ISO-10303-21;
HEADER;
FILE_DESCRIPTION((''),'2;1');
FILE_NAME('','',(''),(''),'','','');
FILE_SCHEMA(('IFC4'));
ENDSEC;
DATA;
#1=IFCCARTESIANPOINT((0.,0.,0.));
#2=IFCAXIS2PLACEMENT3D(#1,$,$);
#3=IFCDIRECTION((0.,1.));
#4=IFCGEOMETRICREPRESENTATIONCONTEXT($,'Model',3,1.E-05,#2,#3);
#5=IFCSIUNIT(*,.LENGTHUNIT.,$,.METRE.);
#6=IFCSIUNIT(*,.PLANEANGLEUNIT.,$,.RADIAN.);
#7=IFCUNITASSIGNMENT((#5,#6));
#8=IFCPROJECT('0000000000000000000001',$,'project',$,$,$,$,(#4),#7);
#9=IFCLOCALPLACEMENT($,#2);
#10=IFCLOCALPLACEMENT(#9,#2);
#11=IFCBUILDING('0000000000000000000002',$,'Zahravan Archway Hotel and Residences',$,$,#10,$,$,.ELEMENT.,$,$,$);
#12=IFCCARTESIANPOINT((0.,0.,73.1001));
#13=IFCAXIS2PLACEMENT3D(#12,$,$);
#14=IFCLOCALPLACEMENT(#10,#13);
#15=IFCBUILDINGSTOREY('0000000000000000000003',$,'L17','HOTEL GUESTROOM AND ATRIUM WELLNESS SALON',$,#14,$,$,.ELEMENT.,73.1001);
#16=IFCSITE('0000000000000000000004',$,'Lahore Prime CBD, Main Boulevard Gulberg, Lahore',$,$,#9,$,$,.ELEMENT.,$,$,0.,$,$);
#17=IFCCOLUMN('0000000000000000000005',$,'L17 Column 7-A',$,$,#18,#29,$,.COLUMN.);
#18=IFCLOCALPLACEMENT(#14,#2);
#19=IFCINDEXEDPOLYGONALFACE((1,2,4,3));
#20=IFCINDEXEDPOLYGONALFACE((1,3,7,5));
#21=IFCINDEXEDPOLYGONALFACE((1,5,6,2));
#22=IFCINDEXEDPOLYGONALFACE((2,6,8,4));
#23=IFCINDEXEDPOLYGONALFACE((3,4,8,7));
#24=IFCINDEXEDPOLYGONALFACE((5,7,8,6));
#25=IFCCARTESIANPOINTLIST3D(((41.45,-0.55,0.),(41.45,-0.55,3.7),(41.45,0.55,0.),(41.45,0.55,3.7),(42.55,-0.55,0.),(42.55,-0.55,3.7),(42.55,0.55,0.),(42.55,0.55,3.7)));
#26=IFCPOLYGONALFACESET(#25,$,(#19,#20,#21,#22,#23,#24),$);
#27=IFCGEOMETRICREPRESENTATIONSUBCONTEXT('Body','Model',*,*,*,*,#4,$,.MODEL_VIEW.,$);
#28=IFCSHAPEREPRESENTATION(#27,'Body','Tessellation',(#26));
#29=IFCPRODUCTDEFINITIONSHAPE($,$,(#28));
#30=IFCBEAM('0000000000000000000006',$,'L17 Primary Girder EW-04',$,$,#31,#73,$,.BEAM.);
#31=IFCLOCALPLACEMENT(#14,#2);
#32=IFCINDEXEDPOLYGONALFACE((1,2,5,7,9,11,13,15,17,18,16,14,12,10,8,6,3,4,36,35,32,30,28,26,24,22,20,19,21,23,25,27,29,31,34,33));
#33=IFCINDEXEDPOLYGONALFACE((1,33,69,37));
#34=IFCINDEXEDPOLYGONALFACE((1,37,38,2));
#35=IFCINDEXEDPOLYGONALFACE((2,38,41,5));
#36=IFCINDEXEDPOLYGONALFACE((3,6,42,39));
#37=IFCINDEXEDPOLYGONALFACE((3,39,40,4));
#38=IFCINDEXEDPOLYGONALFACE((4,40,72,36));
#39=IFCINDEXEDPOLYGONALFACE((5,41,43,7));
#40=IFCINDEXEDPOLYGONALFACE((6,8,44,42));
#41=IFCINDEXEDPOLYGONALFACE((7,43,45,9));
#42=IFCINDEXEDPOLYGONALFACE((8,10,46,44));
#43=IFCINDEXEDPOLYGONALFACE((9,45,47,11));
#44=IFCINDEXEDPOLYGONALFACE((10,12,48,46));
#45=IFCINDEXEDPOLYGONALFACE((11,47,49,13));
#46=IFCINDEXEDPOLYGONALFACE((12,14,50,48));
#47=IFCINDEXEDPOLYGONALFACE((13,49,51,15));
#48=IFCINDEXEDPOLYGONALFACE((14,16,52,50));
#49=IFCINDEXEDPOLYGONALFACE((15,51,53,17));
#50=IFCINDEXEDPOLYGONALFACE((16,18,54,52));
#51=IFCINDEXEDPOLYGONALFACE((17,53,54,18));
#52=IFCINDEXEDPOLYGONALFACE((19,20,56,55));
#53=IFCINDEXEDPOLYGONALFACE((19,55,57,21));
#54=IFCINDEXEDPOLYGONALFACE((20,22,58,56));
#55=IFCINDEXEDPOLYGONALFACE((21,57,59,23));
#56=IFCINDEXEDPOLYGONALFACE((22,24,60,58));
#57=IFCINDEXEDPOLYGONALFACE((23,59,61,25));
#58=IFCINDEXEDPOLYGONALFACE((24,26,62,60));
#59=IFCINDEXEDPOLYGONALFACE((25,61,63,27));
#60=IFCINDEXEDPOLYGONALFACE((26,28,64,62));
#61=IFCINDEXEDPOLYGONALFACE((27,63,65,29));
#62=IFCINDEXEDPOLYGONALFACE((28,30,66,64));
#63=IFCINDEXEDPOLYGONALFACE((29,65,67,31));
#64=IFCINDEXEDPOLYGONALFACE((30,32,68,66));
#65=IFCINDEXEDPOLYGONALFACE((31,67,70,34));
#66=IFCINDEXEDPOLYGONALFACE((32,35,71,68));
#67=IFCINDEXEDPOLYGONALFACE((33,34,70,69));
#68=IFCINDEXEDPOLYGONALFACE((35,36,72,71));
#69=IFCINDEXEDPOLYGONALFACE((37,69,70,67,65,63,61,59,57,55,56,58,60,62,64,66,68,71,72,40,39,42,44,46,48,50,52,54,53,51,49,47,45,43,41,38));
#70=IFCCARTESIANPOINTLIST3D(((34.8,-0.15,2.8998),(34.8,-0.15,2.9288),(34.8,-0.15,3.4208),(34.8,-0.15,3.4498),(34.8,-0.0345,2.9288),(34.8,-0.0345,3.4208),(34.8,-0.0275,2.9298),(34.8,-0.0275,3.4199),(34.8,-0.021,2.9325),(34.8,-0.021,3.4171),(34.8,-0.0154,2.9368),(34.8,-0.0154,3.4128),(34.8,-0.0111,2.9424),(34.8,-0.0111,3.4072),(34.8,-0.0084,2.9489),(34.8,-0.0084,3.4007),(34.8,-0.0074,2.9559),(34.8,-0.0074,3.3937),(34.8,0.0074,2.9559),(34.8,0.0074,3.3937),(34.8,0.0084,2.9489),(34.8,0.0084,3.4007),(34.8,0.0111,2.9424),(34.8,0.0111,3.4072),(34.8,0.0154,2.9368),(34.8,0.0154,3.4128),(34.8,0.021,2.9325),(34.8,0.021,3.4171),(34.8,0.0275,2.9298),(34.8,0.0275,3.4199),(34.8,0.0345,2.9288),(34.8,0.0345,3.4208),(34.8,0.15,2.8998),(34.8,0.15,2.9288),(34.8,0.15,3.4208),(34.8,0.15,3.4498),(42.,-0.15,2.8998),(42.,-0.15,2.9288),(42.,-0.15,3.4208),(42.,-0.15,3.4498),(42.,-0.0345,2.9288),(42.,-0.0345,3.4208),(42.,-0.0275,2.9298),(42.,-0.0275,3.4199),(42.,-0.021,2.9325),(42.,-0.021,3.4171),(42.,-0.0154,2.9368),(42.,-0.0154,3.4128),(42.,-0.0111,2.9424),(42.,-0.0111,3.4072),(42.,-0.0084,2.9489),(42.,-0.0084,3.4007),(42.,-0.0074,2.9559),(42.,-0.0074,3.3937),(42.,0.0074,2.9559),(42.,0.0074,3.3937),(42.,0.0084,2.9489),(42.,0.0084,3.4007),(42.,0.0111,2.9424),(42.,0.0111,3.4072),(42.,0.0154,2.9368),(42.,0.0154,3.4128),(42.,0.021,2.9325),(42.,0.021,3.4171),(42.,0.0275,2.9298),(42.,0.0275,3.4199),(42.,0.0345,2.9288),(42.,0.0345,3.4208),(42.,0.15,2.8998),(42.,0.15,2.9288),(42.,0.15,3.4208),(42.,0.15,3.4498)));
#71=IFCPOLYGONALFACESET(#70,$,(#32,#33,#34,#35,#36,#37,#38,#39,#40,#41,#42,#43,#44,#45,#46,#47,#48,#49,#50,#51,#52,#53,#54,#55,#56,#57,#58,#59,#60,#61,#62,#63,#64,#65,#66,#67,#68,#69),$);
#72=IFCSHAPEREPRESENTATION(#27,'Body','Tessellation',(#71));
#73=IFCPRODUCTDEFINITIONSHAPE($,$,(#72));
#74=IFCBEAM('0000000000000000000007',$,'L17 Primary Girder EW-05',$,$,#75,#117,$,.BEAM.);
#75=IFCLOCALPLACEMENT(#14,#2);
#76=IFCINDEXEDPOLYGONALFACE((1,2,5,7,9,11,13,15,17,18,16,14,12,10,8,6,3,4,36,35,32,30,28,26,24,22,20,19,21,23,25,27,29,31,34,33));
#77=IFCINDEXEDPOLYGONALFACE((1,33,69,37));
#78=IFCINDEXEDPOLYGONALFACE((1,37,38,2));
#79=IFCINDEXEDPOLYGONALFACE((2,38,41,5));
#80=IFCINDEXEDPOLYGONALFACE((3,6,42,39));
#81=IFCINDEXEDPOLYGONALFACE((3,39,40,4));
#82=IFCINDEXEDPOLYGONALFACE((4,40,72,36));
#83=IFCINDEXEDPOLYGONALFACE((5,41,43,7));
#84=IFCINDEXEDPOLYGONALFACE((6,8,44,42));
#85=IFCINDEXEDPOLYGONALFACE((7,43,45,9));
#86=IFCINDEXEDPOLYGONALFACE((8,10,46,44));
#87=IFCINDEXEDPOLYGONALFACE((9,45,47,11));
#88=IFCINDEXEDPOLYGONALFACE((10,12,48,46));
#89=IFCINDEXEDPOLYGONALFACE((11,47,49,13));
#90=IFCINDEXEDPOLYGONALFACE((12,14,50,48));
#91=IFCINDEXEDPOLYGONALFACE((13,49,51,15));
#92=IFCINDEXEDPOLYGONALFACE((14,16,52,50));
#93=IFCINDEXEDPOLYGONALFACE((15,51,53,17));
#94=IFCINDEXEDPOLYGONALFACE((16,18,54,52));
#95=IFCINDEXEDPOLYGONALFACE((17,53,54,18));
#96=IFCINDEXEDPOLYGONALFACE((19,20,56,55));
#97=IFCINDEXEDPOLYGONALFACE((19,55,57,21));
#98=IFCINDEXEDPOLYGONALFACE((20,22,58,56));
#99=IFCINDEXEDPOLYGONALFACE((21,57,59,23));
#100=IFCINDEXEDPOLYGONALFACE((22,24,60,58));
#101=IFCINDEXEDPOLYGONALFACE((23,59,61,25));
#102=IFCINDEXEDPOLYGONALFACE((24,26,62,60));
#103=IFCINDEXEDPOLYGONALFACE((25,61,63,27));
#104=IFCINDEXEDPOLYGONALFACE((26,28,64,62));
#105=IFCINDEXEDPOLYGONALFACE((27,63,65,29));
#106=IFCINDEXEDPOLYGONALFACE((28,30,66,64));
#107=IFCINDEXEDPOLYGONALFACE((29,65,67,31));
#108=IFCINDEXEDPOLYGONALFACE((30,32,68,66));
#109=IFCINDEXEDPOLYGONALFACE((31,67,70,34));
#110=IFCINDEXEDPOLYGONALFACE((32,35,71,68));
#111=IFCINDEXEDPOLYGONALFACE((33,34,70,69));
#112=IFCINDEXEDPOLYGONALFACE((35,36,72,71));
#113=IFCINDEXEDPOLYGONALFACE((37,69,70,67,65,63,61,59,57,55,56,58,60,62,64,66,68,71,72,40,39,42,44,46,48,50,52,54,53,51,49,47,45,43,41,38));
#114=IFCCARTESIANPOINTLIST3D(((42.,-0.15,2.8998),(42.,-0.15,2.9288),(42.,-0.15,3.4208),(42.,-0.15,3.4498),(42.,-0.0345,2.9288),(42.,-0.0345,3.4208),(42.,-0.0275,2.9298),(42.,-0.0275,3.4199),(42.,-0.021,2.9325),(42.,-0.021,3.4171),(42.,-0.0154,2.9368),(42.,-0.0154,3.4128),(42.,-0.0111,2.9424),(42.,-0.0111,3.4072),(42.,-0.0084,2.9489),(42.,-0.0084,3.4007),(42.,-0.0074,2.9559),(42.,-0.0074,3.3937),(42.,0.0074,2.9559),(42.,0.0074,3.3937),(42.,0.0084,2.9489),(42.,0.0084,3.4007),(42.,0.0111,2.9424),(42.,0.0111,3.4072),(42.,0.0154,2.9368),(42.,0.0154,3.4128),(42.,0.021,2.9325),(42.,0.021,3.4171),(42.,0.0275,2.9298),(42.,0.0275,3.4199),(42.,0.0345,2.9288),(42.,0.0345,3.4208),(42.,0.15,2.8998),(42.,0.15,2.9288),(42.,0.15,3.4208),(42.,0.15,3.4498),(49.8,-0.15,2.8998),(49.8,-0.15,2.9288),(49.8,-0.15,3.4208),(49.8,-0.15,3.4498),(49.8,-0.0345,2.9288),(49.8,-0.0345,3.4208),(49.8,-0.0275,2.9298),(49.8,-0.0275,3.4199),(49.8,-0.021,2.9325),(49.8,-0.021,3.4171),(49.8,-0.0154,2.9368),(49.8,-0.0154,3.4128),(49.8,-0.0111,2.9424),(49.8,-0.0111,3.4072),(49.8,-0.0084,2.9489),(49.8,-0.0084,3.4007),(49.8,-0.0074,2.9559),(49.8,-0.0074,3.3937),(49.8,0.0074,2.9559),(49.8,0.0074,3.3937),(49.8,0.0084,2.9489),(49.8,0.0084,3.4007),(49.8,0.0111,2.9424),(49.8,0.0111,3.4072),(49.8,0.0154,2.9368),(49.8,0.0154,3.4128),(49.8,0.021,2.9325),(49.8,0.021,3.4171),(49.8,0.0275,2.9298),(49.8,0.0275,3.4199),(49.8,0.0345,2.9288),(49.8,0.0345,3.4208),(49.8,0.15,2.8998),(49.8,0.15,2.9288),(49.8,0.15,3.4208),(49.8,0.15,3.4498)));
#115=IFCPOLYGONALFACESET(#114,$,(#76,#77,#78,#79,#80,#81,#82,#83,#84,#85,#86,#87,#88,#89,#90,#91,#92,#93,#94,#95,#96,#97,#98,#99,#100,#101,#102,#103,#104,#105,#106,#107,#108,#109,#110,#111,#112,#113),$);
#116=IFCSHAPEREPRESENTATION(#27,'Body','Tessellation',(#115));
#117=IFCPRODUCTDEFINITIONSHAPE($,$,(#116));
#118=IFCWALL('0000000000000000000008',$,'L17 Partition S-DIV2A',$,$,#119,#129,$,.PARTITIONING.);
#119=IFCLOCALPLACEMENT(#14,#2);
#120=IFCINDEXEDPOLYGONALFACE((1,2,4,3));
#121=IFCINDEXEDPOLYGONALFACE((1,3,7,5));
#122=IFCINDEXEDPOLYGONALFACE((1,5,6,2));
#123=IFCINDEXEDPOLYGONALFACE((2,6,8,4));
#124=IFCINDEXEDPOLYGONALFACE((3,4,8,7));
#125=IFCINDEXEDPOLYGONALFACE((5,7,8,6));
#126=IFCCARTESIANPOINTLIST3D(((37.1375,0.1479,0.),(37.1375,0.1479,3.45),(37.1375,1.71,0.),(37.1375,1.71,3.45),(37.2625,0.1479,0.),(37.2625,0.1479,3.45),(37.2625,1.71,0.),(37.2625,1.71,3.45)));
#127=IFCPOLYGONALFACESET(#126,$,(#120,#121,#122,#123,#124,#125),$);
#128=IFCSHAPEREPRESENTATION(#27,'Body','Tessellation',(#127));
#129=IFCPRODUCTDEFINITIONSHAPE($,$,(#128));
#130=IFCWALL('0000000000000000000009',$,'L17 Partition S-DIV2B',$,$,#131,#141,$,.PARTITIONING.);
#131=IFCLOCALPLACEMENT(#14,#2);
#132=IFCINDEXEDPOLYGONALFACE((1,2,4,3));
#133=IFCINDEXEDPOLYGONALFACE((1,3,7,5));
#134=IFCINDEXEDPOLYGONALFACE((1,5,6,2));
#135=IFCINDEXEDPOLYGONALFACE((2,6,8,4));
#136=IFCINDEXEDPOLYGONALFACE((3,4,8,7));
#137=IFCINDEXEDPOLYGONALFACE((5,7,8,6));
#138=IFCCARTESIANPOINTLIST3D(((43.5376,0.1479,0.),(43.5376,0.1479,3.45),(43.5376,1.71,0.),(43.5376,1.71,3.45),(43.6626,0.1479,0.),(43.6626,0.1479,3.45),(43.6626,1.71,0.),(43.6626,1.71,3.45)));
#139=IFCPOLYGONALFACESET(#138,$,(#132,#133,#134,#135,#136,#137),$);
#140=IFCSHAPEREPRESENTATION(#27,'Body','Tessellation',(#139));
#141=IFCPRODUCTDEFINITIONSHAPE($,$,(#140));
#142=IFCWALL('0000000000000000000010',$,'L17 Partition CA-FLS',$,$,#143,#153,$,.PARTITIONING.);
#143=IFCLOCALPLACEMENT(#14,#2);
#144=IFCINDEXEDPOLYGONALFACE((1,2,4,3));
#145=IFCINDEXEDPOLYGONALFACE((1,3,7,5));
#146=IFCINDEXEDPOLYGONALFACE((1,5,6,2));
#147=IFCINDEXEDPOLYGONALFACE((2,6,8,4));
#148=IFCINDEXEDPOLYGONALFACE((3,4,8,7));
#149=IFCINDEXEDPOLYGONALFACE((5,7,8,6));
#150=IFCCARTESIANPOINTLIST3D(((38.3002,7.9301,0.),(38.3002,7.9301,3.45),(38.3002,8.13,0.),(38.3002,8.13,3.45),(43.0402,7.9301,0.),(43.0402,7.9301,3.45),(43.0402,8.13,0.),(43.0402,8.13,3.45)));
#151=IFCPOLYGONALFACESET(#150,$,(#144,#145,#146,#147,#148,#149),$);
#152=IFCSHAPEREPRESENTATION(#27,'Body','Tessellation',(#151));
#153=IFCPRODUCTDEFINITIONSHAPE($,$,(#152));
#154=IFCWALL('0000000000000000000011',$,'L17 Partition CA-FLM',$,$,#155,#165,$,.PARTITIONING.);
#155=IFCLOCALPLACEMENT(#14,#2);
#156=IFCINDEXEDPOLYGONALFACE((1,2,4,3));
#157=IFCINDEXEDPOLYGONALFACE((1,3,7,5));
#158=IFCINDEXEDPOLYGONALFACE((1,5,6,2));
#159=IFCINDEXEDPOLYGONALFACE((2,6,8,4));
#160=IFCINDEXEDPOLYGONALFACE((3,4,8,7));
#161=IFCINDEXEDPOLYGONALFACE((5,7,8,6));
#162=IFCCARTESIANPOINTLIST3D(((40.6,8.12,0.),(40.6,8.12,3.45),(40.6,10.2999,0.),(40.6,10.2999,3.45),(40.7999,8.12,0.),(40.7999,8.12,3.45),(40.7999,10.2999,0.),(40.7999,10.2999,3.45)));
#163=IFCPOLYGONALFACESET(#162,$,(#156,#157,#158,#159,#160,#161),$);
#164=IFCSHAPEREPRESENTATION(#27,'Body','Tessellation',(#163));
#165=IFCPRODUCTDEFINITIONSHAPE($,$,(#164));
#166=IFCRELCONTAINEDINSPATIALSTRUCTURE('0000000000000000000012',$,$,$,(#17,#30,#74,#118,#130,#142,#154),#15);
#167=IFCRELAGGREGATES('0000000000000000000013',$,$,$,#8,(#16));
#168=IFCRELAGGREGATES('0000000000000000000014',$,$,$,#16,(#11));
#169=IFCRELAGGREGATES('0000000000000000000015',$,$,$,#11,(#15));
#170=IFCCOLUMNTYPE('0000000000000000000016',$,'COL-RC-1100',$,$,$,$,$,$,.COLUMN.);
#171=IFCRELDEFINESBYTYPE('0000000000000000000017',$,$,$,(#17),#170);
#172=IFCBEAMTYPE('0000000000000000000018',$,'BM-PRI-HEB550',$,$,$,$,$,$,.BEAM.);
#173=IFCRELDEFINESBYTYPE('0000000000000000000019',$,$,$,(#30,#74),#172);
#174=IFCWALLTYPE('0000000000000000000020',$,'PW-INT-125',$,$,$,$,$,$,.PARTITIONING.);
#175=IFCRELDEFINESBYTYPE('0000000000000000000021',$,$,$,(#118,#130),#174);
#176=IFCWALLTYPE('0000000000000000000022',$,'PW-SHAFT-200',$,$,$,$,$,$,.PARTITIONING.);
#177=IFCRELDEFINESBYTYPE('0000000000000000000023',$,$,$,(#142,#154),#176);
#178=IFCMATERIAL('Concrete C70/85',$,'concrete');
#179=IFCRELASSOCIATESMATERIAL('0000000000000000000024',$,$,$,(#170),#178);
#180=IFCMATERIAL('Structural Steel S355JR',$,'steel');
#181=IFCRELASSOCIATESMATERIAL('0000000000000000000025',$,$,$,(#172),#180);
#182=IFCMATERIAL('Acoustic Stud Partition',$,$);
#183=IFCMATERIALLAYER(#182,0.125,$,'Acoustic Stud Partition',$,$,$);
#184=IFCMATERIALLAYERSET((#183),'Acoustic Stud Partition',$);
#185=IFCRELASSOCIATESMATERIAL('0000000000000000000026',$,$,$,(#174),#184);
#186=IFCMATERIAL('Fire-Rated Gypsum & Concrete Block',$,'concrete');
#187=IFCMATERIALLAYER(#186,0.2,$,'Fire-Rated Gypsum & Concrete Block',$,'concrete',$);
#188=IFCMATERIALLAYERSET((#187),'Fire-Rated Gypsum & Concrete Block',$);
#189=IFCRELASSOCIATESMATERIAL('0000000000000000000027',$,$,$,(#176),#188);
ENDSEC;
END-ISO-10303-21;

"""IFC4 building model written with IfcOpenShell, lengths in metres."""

from ifc_helpers import new_model, si_unit, direction, frame, frame_2d, origin, origin_2d, place, context, subcontext, project, spatial, rectangle, i_section, extrude, source, transform, mapped, material, layer, layer_set, material_profile, profile_set, type_object, element, save


model = new_model("IFC4")

# Units and contexts
model_context = context("Model", 3, precision=1e-05, world=origin(), true_north=direction((0.0, 1.0)))
body_context = subcontext(model_context, "Body", "Model", "MODEL_VIEW")
ifc_project = project(units=[si_unit("LENGTHUNIT", "METRE"), si_unit("PLANEANGLEUNIT", "RADIAN")], contexts=[model_context])

# Site, building, storey
site_placement = place(None, origin())
site = spatial("IfcSite", under=ifc_project, at=site_placement, Name="Lahore Prime CBD, Main Boulevard Gulberg, Lahore", CompositionType="ELEMENT", RefElevation=0.0)
building_placement = place(site_placement, origin())
building = spatial("IfcBuilding", under=site, at=building_placement, Name="Zahravan Archway Hotel and Residences", CompositionType="ELEMENT")
storey_placement = place(building_placement, frame((0.0, 0.0, 73.1001)))
storey = spatial("IfcBuildingStorey", under=building, at=storey_placement, Name="L17", Description="HOTEL GUESTROOM AND ATRIUM WELLNESS SALON", CompositionType="ELEMENT", Elevation=73.1001)

# Column
ifc_material_1 = material(Name="Concrete C70/85", Category="concrete")
ifc_material_profile_1 = material_profile(ifc_material_1, rectangle(XDim=1.1001, YDim=1.1001, at=origin_2d()), Name="RC 1100x1100", Category="concrete")
ifc_profile_set_1 = profile_set([ifc_material_profile_1], Name="Concrete C70/85")
column_type = type_object("IfcColumnType", Name="COL-RC-1100", PredefinedType="COLUMN", material=ifc_profile_set_1)
shared_shape_1 = source(origin(), body_context, "Body", "SweptSolid", [
    extrude(rectangle(XDim=1.1001, YDim=1.1001, at=origin_2d()), origin(), (0.0, 0.0, 1.0), 3.7),
])
column_placement = place(storey_placement, frame((42.0, 0.0, 0.0), z_axis=(0.0, 0.0, 1.0), x_axis=(1.0, 0.0, 0.0)))
element("IfcColumn", 1, at=column_placement, inside=storey, type_object=column_type, Name="L17 Column 7-A", PredefinedType="COLUMN", context=body_context, shape_type="MappedRepresentation", body=[
    mapped(shared_shape_1, transform((0.0, 0.0, 0.0), scale=1.0)),
])

# Beams
ifc_material_2 = material(Name="Structural Steel S355JR", Category="steel")
ifc_material_profile_2 = material_profile(ifc_material_2, i_section(OverallWidth=0.3, OverallDepth=0.55, WebThickness=0.0149, FlangeThickness=0.0291, FilletRadius=0.0271, at=origin_2d()), Name="HEB 550", Category="steel")
ifc_profile_set_2 = profile_set([ifc_material_profile_2], Name="Structural Steel S355JR")
beam_type = type_object("IfcBeamType", Name="BM-PRI-HEB550", PredefinedType="BEAM", material=ifc_profile_set_2)
shared_shape_2 = source(origin(), body_context, "Body", "SweptSolid", [
    extrude(i_section(OverallWidth=0.3, OverallDepth=0.55, WebThickness=0.0149, FlangeThickness=0.0291, FilletRadius=0.0271, at=origin_2d()), origin(), (0.0, 0.0, 1.0), 7.2),
])
beam_1_placement = place(storey_placement, frame((34.8, 0.0, 3.1748), z_axis=(1.0, 0.0, 0.0), x_axis=(0.0, 1.0, 0.0)))
element("IfcBeam", 2, at=beam_1_placement, inside=storey, type_object=beam_type, Name="L17 Primary Girder EW-04", PredefinedType="BEAM", context=body_context, shape_type="MappedRepresentation", body=[
    mapped(shared_shape_2, transform((0.0, 0.0, 0.0), scale=1.0)),
])
shared_shape_3 = source(origin(), body_context, "Body", "SweptSolid", [
    extrude(i_section(OverallWidth=0.3, OverallDepth=0.55, WebThickness=0.0149, FlangeThickness=0.0291, FilletRadius=0.0271, at=origin_2d()), origin(), (0.0, 0.0, 1.0), 7.8),
])
beam_2_placement = place(storey_placement, frame((42.0, 0.0, 3.1748), z_axis=(1.0, 0.0, 0.0), x_axis=(0.0, 1.0, 0.0)))
element("IfcBeam", 3, at=beam_2_placement, inside=storey, type_object=beam_type, Name="L17 Primary Girder EW-05", PredefinedType="BEAM", context=body_context, shape_type="MappedRepresentation", body=[
    mapped(shared_shape_3, transform((0.0, 0.0, 0.0), scale=1.0)),
])

# Walls
ifc_material_3 = material(Name="Acoustic Stud Partition")
ifc_layer_1 = layer(ifc_material_3, 0.125, Name="Acoustic Stud Partition")
ifc_layer_set_1 = layer_set([ifc_layer_1], Name="Acoustic Stud Partition")
wall_type_1 = type_object("IfcWallType", Name="PW-INT-125", PredefinedType="PARTITIONING", material=ifc_layer_set_1)
for number, where, z_axis, x_axis, name in (
    (4, (37.2, 0.1479, 0.0), (0.0, 0.0, 1.0), (0.0, 1.0, 0.0), "L17 Partition S-DIV2A"),
    (5, (43.6001, 0.1479, 0.0), (0.0, 0.0, 1.0), (0.0, 1.0, 0.0), "L17 Partition S-DIV2B"),
):
    element("IfcWall", number, at=place(storey_placement, frame(where, z_axis=z_axis, x_axis=x_axis)), inside=storey, type_object=wall_type_1, Name=name, PredefinedType="PARTITIONING", context=body_context, shape_type="SweptSolid", body=[
        extrude(rectangle(XDim=1.562, YDim=0.125, at=frame_2d((0.781, 0.0))), origin(), (0.0, 0.0, 1.0), 3.45),
    ])
ifc_material_4 = material(Name="Fire-Rated Gypsum & Concrete Block", Category="concrete")
ifc_layer_2 = layer(ifc_material_4, 0.2, Name="Fire-Rated Gypsum & Concrete Block", Category="concrete")
ifc_layer_set_2 = layer_set([ifc_layer_2], Name="Fire-Rated Gypsum & Concrete Block")
wall_type_2 = type_object("IfcWallType", Name="PW-SHAFT-200", PredefinedType="PARTITIONING", material=ifc_layer_set_2)
wall_1_placement = place(storey_placement, frame((38.3, 8.03, 0.0), z_axis=(0.0, 0.0, 1.0), x_axis=(1.0, 0.0, 0.0)))
element("IfcWall", 6, at=wall_1_placement, inside=storey, type_object=wall_type_2, Name="L17 Partition CA-FLS", PredefinedType="PARTITIONING", context=body_context, shape_type="SweptSolid", body=[
    extrude(rectangle(XDim=4.74, YDim=0.2, at=frame_2d((2.3701, 0.0))), origin(), (0.0, 0.0, 1.0), 3.45),
])
wall_2_placement = place(storey_placement, frame((40.7, 8.1201, 0.0), z_axis=(0.0, 0.0, 1.0), x_axis=(0.0, 1.0, 0.0)))
element("IfcWall", 7, at=wall_2_placement, inside=storey, type_object=wall_type_2, Name="L17 Partition CA-FLM", PredefinedType="PARTITIONING", context=body_context, shape_type="SweptSolid", body=[
    extrude(rectangle(XDim=2.1799, YDim=0.2, at=frame_2d((1.0898, 0.0))), origin(), (0.0, 0.0, 1.0), 3.45),
])

save(model, "model.ifc")
